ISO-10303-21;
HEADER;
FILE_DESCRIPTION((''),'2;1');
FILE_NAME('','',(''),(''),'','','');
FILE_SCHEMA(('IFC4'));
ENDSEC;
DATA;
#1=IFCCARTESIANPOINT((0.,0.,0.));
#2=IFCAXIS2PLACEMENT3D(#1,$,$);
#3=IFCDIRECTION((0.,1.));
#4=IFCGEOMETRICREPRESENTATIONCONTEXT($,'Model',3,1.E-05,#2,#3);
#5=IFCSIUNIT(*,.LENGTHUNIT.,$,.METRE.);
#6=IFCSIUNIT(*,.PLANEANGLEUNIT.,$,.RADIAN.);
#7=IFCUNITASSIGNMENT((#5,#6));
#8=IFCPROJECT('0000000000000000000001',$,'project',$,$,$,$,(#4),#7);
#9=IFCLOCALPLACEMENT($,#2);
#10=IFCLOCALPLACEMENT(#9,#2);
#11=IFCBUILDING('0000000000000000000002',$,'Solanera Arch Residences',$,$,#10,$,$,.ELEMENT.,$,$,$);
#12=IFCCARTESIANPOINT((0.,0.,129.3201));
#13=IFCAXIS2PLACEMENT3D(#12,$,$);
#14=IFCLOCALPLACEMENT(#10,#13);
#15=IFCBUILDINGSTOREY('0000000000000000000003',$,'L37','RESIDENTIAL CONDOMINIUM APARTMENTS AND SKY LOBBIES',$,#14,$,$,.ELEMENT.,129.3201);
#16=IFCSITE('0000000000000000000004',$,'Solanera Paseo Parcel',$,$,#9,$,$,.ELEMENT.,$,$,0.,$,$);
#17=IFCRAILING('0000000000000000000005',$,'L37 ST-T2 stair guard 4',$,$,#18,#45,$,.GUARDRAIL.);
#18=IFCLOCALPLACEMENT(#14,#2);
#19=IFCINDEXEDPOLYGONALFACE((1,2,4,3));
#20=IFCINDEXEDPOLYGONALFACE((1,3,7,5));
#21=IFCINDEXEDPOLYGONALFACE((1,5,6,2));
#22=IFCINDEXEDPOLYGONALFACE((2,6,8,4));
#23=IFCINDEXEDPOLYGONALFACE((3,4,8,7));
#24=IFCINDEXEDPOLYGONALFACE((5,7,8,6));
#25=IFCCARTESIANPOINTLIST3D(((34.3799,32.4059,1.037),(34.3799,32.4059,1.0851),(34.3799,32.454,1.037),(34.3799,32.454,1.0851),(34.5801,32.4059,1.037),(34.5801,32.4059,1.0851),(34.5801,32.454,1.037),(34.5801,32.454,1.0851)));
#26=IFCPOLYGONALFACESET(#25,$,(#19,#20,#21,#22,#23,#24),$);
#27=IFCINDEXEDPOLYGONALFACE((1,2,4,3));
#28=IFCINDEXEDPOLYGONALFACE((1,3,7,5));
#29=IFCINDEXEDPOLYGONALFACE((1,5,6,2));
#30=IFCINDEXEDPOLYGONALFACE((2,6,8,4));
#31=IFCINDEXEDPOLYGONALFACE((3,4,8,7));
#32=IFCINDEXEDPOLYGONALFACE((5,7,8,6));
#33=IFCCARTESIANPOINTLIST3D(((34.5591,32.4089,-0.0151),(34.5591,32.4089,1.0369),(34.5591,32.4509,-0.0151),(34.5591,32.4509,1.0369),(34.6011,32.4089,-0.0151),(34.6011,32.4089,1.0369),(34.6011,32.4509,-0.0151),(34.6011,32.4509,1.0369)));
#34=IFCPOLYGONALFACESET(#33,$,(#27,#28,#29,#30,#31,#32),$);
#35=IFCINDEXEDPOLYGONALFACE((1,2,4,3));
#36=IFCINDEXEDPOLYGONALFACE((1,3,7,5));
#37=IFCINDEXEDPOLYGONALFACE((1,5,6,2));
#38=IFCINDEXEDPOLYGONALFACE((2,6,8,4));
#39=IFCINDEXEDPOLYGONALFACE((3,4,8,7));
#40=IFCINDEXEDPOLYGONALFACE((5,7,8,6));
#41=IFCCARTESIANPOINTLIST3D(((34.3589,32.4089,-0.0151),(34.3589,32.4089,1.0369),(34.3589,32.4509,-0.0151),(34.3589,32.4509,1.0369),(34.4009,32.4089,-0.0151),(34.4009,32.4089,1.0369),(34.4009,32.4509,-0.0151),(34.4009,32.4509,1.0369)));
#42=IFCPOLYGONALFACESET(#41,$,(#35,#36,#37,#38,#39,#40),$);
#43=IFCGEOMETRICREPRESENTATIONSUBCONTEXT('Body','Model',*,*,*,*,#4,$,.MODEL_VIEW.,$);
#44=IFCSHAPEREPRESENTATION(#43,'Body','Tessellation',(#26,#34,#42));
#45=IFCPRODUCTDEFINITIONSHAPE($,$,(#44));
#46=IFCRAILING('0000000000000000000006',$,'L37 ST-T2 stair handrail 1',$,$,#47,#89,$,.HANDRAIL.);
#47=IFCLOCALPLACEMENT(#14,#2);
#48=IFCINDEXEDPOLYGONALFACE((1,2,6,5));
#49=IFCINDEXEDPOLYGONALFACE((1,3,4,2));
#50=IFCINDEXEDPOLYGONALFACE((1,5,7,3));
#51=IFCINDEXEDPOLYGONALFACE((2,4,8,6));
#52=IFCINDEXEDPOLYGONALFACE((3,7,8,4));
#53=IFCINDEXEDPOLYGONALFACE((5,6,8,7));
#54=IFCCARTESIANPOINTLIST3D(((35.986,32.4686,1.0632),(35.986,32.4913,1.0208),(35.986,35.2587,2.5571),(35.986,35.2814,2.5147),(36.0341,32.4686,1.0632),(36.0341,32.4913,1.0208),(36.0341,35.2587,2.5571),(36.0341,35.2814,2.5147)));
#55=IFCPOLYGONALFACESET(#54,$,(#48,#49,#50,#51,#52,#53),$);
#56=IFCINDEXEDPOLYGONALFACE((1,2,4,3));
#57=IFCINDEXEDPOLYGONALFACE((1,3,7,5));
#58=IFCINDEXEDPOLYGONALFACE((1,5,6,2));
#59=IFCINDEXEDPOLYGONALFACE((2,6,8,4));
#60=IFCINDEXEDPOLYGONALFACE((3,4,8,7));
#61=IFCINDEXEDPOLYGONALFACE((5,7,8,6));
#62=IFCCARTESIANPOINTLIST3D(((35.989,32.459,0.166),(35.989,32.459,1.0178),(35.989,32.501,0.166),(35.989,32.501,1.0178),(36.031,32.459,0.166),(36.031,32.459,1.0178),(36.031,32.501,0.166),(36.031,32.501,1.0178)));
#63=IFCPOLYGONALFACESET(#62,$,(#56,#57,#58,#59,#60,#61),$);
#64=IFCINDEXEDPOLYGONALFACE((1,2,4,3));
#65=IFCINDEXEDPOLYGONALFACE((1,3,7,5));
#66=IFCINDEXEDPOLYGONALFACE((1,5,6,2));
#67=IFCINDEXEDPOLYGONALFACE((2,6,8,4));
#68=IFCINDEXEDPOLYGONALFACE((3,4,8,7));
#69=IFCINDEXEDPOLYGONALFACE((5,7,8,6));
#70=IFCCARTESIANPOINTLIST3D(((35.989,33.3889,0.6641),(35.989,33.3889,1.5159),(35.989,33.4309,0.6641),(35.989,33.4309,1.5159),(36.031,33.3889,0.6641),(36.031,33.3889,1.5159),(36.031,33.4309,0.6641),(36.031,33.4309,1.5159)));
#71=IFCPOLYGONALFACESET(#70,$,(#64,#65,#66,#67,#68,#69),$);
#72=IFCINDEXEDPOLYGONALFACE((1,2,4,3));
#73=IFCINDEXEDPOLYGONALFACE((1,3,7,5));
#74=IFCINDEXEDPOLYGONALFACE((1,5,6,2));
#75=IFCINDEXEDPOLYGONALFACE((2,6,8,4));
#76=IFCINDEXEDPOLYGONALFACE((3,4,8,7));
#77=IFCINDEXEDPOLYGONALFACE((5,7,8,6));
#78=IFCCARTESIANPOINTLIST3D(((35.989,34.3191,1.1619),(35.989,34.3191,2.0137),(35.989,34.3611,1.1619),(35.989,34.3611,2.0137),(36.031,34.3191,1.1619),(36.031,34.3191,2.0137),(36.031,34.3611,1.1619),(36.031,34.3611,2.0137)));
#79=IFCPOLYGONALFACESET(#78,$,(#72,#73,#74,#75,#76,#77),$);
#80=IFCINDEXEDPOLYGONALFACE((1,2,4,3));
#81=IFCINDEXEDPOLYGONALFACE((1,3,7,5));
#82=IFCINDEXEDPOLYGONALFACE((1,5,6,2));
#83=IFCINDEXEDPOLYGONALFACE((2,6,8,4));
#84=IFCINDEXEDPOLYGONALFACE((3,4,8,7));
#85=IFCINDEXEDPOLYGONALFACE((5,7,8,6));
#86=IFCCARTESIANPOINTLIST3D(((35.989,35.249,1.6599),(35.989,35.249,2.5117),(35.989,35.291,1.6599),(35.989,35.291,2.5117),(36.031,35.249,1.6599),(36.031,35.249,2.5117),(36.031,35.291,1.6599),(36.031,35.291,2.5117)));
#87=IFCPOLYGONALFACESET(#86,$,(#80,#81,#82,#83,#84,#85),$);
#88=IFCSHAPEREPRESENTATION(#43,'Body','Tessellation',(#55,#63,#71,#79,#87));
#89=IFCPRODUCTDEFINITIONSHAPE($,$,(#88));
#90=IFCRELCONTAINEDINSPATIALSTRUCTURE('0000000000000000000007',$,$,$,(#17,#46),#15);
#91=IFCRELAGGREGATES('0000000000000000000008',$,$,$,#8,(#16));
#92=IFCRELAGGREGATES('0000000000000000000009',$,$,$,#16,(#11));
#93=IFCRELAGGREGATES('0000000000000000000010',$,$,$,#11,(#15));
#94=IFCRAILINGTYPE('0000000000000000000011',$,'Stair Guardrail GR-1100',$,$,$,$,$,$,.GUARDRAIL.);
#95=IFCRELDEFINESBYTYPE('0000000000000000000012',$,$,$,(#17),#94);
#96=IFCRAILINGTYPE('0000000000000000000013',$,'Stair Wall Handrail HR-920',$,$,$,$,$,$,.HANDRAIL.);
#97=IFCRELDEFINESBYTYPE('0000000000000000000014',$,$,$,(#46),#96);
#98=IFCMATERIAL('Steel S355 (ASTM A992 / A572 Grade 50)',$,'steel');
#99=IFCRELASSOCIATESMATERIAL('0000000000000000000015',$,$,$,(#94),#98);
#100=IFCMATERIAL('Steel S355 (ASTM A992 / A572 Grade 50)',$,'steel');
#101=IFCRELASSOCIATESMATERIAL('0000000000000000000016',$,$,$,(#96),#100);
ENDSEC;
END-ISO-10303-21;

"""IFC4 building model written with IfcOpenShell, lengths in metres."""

from ifc_helpers import new_model, si_unit, direction, frame, origin, origin_2d, place, context, subcontext, project, spatial, rectangle, extrude, material, type_object, element, save


model = new_model("IFC4")

# Units and contexts
model_context = context("Model", 3, precision=1e-05, world=origin(), true_north=direction((0.0, 1.0)))
body_context = subcontext(model_context, "Body", "Model", "MODEL_VIEW")
ifc_project = project(units=[si_unit("LENGTHUNIT", "METRE"), si_unit("PLANEANGLEUNIT", "RADIAN")], contexts=[model_context])

# Site, building, storey
site_placement = place(None, origin())
site = spatial("IfcSite", under=ifc_project, at=site_placement, Name="Solanera Paseo Parcel", CompositionType="ELEMENT", RefElevation=0.0)
building_placement = place(site_placement, origin())
building = spatial("IfcBuilding", under=site, at=building_placement, Name="Solanera Arch Residences", CompositionType="ELEMENT")
storey_placement = place(building_placement, frame((0.0, 0.0, 129.3201)))
storey = spatial("IfcBuildingStorey", under=building, at=storey_placement, Name="L37", Description="RESIDENTIAL CONDOMINIUM APARTMENTS AND SKY LOBBIES", CompositionType="ELEMENT", Elevation=129.3201)

# Railings
ifc_material_1 = material(Name="Steel S355 (ASTM A992 / A572 Grade 50)", Category="steel")
railing_type_1 = type_object("IfcRailingType", Name="Stair Guardrail GR-1100", PredefinedType="GUARDRAIL", material=ifc_material_1)
for number, where, name in (
    (1, (34.5801, 32.4299, -0.0151), "L37 ST-T2 stair guard 4"),
):
    element("IfcRailing", number, at=place(storey_placement, frame(where)), inside=storey, type_object=railing_type_1, Name=name, PredefinedType="GUARDRAIL", context=body_context, shape_type="SweptSolid", body=[
        extrude(rectangle(XDim=0.0481, YDim=0.0481, at=origin_2d()), frame((0.0, 0.0, 1.0762), z_axis=(-1.0, 0.0, 0.0), x_axis=(0.0, -1.0, 0.0)), (0.0, 0.0, 1.0), 0.2002),
        extrude(rectangle(XDim=0.042, YDim=0.042, at=origin_2d()), origin(), (0.0, 0.0, 1.0), 1.052),
        extrude(rectangle(XDim=0.042, YDim=0.042, at=origin_2d()), frame((-0.2002, 0.0, 0.0)), (0.0, 0.0, 1.0), 1.052),
    ])
ifc_material_2 = material(Name="Steel S355 (ASTM A992 / A572 Grade 50)", Category="steel")
railing_type_2 = type_object("IfcRailingType", Name="Stair Wall Handrail HR-920", PredefinedType="HANDRAIL", material=ifc_material_2)
railing_1_placement = place(storey_placement, frame((36.01, 32.48, 0.166)))
element("IfcRailing", 2, at=railing_1_placement, inside=storey, type_object=railing_type_2, Name="L37 ST-T2 stair handrail 1", PredefinedType="HANDRAIL", context=body_context, shape_type="SweptSolid", body=[
    extrude(rectangle(XDim=0.0481, YDim=0.0481, at=origin_2d()), frame((0.0, 0.0, 0.876), z_axis=(0.0, 0.881581, 0.472033), x_axis=(-1.0, 0.0, 0.0)), (0.0, 0.0, 1.0), 3.1648),
    extrude(rectangle(XDim=0.042, YDim=0.042, at=origin_2d()), origin(), (0.0, 0.0, 1.0), 0.8518),
    extrude(rectangle(XDim=0.042, YDim=0.042, at=origin_2d()), frame((0.0, 0.9299, 0.498)), (0.0, 0.0, 1.0), 0.8518),
    extrude(rectangle(XDim=0.042, YDim=0.042, at=origin_2d()), frame((0.0, 1.8601, 0.9958)), (0.0, 0.0, 1.0), 0.8518),
    extrude(rectangle(XDim=0.042, YDim=0.042, at=origin_2d()), frame((0.0, 2.79, 1.4939)), (0.0, 0.0, 1.0), 0.8518),
])

save(model, "model.ifc")
